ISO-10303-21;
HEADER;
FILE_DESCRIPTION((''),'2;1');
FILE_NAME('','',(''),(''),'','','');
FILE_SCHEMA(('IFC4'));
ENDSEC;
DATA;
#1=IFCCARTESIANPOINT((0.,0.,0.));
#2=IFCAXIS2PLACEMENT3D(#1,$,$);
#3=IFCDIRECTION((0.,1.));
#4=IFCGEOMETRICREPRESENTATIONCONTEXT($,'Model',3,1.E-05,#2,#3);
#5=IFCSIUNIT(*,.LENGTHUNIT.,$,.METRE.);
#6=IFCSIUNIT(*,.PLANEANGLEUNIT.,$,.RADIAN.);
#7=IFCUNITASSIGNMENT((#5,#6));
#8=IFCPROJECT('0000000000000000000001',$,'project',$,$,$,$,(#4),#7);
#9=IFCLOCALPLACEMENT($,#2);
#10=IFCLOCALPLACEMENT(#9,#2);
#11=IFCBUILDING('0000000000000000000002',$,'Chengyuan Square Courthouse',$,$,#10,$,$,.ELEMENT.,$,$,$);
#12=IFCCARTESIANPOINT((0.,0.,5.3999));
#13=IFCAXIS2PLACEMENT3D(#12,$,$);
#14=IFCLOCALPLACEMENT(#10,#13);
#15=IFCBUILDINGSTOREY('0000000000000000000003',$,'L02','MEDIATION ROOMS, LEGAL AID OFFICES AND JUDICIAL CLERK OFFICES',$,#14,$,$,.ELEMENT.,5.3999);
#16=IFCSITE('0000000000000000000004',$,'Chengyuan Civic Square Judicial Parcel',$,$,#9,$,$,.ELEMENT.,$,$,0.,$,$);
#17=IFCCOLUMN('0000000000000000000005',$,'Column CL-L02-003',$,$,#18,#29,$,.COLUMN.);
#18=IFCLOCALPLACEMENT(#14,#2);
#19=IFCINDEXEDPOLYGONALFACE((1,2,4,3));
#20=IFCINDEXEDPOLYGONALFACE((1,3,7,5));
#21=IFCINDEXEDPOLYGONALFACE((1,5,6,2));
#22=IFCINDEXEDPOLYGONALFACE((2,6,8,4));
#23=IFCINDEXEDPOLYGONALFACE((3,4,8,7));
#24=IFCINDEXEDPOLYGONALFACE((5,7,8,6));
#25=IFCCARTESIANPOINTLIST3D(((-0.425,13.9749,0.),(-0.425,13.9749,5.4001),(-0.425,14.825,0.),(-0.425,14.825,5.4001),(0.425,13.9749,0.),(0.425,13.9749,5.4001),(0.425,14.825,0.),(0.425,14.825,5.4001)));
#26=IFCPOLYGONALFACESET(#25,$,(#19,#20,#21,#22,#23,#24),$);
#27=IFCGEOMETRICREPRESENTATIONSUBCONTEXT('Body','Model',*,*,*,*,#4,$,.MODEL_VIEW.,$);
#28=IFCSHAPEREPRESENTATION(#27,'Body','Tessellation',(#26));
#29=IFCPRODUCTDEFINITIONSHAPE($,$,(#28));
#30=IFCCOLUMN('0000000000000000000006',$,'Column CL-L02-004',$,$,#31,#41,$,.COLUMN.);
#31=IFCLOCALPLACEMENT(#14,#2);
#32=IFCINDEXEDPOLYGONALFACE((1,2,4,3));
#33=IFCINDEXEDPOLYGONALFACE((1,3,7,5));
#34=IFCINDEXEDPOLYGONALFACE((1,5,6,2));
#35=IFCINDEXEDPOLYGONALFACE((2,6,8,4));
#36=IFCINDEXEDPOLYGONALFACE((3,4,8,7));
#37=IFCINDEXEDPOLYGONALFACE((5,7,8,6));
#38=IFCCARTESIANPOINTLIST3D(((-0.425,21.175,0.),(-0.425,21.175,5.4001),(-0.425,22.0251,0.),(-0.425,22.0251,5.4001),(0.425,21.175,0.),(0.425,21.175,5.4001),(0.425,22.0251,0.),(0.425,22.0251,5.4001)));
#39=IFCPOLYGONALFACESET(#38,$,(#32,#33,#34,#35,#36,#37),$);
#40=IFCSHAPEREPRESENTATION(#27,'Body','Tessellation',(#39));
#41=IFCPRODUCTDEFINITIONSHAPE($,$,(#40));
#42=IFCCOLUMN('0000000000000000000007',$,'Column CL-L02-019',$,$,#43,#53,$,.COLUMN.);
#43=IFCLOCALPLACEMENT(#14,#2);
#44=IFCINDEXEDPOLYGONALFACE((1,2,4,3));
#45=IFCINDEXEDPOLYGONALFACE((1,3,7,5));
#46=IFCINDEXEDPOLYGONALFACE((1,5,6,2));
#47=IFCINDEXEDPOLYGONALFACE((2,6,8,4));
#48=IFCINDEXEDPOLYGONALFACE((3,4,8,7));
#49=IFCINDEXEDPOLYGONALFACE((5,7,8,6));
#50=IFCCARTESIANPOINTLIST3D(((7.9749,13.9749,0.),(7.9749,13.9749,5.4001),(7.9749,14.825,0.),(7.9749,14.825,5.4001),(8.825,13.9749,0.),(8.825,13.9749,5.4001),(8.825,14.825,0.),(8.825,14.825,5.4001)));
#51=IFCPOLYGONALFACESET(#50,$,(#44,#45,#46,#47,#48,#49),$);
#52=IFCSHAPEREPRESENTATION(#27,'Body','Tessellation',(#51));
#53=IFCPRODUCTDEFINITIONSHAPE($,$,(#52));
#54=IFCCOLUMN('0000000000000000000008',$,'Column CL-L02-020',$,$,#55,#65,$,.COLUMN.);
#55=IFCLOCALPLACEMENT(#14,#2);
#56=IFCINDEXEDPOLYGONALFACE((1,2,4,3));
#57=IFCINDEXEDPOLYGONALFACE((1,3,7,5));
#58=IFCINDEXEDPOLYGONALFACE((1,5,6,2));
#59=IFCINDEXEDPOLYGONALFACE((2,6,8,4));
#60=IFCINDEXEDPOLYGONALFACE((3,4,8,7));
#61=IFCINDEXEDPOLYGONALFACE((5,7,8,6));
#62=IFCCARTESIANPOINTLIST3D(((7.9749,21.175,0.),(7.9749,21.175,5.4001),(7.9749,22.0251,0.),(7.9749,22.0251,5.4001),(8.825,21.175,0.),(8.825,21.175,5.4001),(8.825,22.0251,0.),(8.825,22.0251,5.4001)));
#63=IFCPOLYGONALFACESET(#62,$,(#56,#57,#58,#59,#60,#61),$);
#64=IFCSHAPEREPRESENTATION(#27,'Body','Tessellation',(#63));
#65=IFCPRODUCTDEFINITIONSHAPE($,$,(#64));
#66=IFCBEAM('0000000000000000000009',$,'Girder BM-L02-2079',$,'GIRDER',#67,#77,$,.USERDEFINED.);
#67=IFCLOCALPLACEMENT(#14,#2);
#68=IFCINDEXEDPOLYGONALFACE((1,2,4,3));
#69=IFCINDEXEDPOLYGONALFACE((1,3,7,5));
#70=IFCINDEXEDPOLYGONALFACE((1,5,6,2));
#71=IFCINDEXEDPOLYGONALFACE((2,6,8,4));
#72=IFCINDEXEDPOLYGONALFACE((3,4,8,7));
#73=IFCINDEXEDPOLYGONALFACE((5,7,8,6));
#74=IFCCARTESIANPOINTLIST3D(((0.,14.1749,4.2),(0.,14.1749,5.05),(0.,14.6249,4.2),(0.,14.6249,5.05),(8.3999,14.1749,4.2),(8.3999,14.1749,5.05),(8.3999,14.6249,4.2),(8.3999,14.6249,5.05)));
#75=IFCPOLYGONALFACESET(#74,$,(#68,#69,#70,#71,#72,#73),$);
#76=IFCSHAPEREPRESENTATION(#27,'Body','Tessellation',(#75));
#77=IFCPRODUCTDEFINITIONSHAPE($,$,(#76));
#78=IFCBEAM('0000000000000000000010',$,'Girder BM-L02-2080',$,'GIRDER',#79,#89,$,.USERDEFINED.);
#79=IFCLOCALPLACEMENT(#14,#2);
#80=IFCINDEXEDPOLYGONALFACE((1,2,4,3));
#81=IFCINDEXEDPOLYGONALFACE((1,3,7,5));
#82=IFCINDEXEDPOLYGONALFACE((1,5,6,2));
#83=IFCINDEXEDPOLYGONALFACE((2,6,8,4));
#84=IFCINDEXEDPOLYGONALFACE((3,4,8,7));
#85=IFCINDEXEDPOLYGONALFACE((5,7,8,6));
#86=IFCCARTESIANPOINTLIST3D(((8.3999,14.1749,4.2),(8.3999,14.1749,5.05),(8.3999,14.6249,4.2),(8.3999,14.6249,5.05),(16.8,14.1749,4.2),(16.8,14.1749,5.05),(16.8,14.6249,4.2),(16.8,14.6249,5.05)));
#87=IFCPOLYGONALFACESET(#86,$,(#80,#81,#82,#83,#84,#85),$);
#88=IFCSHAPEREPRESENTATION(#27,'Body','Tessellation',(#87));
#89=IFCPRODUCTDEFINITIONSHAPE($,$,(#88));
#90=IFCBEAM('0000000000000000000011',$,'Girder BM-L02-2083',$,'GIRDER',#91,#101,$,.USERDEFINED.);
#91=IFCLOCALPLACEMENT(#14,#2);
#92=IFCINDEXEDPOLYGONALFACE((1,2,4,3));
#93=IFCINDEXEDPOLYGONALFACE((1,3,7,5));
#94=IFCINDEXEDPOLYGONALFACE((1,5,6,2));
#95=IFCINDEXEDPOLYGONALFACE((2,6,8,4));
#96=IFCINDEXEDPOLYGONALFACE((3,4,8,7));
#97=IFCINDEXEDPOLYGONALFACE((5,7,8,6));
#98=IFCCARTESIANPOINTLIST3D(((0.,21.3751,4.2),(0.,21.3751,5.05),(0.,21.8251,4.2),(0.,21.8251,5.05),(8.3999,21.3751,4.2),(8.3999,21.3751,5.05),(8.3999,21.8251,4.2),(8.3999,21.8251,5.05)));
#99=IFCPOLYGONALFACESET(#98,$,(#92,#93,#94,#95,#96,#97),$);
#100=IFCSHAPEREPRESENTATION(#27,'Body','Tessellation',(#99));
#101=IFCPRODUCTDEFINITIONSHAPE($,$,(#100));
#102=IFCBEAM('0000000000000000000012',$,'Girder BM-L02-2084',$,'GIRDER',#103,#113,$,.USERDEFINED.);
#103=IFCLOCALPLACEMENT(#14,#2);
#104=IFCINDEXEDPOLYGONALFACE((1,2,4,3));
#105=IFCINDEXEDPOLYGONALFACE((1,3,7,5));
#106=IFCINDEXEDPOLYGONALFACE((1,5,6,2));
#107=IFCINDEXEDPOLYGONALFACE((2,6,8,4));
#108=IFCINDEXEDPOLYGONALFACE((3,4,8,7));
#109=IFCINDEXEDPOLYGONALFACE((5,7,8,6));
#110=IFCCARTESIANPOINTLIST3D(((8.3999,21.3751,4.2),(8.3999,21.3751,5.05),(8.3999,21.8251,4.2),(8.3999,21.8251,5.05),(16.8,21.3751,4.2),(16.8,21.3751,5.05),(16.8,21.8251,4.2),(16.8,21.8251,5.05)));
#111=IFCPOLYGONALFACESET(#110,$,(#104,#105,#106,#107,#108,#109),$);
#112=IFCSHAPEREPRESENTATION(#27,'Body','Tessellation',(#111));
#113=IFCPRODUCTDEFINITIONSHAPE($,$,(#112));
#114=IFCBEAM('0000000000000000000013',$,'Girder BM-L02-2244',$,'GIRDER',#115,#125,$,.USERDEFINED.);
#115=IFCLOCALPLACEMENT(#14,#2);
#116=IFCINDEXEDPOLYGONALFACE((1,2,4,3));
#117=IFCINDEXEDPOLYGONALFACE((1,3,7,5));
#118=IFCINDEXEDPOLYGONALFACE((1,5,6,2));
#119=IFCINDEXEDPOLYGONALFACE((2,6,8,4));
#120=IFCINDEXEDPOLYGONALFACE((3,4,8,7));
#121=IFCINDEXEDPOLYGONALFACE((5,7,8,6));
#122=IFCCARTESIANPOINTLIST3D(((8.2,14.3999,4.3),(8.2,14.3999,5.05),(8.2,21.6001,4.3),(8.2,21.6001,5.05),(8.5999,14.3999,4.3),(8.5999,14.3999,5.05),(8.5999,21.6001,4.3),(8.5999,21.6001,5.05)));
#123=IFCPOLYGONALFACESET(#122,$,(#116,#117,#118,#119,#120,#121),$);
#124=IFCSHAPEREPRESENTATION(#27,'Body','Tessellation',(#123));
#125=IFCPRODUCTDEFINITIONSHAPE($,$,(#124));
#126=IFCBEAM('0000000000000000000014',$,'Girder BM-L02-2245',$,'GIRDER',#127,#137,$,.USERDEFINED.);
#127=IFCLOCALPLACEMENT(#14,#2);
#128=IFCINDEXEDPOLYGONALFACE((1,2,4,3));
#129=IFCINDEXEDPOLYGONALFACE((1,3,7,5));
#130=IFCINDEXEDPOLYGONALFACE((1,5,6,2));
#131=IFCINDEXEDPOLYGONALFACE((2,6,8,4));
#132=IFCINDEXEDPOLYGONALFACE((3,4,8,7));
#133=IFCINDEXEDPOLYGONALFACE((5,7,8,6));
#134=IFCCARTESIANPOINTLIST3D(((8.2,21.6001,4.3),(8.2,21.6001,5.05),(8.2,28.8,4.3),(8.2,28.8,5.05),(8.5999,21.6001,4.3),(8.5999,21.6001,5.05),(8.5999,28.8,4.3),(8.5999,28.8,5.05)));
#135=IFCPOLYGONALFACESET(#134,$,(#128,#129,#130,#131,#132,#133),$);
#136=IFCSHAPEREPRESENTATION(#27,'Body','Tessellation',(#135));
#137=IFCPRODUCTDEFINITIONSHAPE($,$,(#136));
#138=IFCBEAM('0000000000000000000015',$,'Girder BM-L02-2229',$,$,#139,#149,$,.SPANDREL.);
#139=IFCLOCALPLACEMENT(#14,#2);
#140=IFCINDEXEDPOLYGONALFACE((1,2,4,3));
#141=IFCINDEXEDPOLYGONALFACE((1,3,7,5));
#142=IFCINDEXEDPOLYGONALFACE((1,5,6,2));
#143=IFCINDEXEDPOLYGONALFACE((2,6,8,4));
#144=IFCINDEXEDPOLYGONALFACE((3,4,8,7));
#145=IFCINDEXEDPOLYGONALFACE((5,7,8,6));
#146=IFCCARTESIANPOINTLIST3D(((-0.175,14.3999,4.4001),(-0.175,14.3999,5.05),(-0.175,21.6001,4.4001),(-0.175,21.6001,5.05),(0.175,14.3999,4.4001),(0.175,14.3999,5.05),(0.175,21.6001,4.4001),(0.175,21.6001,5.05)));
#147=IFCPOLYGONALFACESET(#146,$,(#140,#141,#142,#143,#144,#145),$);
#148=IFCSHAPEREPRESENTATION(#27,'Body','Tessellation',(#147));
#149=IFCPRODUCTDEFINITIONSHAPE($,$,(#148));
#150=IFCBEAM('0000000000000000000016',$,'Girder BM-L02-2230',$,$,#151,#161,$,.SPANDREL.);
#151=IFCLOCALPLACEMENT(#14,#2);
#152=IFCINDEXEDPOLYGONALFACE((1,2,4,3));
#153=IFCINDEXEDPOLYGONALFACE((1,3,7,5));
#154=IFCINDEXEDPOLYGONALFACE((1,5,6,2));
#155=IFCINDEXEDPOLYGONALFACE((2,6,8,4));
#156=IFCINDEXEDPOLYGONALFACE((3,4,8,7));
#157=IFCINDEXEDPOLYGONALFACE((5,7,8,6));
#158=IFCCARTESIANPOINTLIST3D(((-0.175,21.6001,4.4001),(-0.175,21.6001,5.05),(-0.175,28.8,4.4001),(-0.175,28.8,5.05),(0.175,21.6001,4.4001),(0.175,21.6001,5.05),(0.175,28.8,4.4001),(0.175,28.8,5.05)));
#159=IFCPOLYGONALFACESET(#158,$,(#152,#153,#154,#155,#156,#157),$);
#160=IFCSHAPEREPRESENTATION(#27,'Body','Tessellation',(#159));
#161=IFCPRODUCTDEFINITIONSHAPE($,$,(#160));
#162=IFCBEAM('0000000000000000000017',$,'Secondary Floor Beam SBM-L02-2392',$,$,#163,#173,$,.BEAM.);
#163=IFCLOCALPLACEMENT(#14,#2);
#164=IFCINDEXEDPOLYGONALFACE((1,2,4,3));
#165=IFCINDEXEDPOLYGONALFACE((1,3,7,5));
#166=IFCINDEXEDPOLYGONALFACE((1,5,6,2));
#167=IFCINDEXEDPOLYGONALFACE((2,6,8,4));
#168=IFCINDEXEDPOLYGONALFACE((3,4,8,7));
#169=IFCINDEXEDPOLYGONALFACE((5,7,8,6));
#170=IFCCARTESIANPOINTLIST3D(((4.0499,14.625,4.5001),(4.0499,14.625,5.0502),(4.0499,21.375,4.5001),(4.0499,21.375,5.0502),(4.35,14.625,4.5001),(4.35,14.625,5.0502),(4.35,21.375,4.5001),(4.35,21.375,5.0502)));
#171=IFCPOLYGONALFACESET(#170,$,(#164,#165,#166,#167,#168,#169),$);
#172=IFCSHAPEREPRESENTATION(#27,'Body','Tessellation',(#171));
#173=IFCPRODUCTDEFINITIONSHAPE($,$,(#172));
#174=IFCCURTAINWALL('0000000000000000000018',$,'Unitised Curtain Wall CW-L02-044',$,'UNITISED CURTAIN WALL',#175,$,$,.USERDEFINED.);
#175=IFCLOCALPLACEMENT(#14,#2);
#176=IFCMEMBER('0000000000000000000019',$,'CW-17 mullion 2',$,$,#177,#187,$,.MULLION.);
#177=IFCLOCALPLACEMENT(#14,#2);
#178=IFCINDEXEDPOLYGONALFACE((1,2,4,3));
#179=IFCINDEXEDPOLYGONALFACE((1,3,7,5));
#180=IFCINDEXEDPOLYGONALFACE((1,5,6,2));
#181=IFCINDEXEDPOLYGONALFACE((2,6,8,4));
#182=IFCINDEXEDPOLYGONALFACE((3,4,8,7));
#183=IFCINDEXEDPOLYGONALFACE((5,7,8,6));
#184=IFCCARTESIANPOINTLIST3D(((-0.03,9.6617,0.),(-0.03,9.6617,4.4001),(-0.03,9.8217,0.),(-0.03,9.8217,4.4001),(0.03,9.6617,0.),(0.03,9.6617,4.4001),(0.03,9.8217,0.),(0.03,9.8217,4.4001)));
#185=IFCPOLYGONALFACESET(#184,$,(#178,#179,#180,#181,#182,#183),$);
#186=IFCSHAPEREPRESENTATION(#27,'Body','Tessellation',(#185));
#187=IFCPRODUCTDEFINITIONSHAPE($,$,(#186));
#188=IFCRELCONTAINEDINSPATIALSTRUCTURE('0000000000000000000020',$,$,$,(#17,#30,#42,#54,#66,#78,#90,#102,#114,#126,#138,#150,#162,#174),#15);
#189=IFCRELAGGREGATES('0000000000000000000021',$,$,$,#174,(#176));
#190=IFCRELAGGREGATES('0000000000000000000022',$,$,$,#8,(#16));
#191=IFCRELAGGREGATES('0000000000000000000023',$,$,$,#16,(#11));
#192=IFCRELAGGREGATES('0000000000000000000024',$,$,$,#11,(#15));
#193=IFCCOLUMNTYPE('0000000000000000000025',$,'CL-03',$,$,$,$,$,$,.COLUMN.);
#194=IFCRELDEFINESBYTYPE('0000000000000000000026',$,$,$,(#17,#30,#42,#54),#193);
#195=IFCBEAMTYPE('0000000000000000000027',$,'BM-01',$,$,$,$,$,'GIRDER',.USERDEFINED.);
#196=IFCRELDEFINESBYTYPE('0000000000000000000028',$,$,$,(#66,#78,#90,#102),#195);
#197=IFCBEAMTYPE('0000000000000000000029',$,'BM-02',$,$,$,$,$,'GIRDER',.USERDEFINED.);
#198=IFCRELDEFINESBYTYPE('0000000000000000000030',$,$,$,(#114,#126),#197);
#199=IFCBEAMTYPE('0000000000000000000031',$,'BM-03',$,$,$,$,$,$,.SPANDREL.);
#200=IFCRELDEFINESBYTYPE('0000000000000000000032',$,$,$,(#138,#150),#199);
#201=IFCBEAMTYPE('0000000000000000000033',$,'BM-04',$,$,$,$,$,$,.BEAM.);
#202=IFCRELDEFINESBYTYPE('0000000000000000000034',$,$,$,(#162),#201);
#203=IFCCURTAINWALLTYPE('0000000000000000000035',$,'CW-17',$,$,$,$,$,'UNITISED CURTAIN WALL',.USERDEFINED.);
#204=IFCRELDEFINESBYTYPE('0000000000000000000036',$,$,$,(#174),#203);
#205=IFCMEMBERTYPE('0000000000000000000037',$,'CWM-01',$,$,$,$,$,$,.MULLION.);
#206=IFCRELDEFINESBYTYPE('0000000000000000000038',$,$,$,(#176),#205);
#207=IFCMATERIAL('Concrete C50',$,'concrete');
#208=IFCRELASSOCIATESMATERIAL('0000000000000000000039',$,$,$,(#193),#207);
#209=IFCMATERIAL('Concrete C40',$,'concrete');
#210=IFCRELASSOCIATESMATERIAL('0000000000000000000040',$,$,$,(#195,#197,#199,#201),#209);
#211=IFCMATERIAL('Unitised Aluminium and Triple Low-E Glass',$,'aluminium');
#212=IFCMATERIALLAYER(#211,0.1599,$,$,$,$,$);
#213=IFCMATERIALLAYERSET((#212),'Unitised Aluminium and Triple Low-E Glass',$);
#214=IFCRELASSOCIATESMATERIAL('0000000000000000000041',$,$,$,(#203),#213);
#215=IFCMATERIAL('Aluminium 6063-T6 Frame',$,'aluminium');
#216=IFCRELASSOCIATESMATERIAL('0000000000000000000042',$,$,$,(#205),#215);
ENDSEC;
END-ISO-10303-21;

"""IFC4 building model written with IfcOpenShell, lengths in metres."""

from ifc_helpers import new_model, si_unit, direction, frame, origin, origin_2d, place, context, subcontext, project, spatial, rectangle, extrude, material, layer, layer_set, material_profile, profile_set, type_object, element, aggregate, save


model = new_model("IFC4")

# Units and contexts
model_context = context("Model", 3, precision=1e-05, world=origin(), true_north=direction((0.0, 1.0)))
body_context = subcontext(model_context, "Body", "Model", "MODEL_VIEW")
ifc_project = project(units=[si_unit("LENGTHUNIT", "METRE"), si_unit("PLANEANGLEUNIT", "RADIAN")], contexts=[model_context])

# Site, building, storey
site_placement = place(None, origin())
site = spatial("IfcSite", under=ifc_project, at=site_placement, Name="Chengyuan Civic Square Judicial Parcel", CompositionType="ELEMENT", RefElevation=0.0)
building_placement = place(site_placement, origin())
building = spatial("IfcBuilding", under=site, at=building_placement, Name="Chengyuan Square Courthouse", CompositionType="ELEMENT")
storey_placement = place(building_placement, frame((0.0, 0.0, 5.3999)))
storey = spatial("IfcBuildingStorey", under=building, at=storey_placement, Name="L02", Description="MEDIATION ROOMS, LEGAL AID OFFICES AND JUDICIAL CLERK OFFICES", CompositionType="ELEMENT", Elevation=5.3999)

# Columns
ifc_material_1 = material(Name="Concrete C50", Category="concrete")
ifc_material_profile_1 = material_profile(ifc_material_1, rectangle(XDim=0.8501, YDim=0.8501, at=origin_2d()), Name="RC-COL-850x850")
ifc_profile_set_1 = profile_set([ifc_material_profile_1], Name="Concrete C50")
column_type = type_object("IfcColumnType", Name="CL-03", PredefinedType="COLUMN", material=ifc_profile_set_1)
for number, where, z_axis, x_axis, name in (
    (1, (0.0, 14.3999, 0.0), (0.0, 0.0, 1.0), (1.0, 0.0, 0.0), "Column CL-L02-003"),
    (2, (0.0, 21.6001, 0.0), (0.0, 0.0, 1.0), (1.0, 0.0, 0.0), "Column CL-L02-004"),
    (3, (8.3999, 14.3999, 0.0), (0.0, 0.0, 1.0), (1.0, 0.0, 0.0), "Column CL-L02-019"),
    (4, (8.3999, 21.6001, 0.0), (0.0, 0.0, 1.0), (1.0, 0.0, 0.0), "Column CL-L02-020"),
):
    element("IfcColumn", number, at=place(storey_placement, frame(where, z_axis=z_axis, x_axis=x_axis)), inside=storey, type_object=column_type, Name=name, PredefinedType="COLUMN", context=body_context, shape_type="SweptSolid", body=[
        extrude(rectangle(XDim=0.8501, YDim=0.8501, at=origin_2d()), origin(), (0.0, 0.0, 1.0), 5.4001),
    ])

# Beams
ifc_material_2 = material(Name="Concrete C40", Category="concrete")
ifc_material_profile_2 = material_profile(ifc_material_2, rectangle(XDim=0.45, YDim=0.8501, at=origin_2d()), Name="RC-BM-450x850")
ifc_profile_set_2 = profile_set([ifc_material_profile_2], Name="Concrete C40")
beam_type_1 = type_object("IfcBeamType", Name="BM-01", ElementType="GIRDER", PredefinedType="USERDEFINED", material=ifc_profile_set_2)
beam_1_placement = place(storey_placement, frame((0.0, 14.3999, 4.625), z_axis=(1.0, 0.0, 0.0), x_axis=(0.0, 1.0, 0.0)))
element("IfcBeam", 5, at=beam_1_placement, inside=storey, type_object=beam_type_1, Name="Girder BM-L02-2079", ObjectType="GIRDER", PredefinedType="USERDEFINED", context=body_context, shape_type="SweptSolid", body=[
    extrude(rectangle(XDim=0.45, YDim=0.8501, at=origin_2d()), origin(), (0.0, 0.0, 1.0), 8.3999),
])
beam_2_placement = place(storey_placement, frame((8.3999, 14.3999, 4.625), z_axis=(1.0, 0.0, 0.0), x_axis=(0.0, 1.0, 0.0)))
element("IfcBeam", 6, at=beam_2_placement, inside=storey, type_object=beam_type_1, Name="Girder BM-L02-2080", ObjectType="GIRDER", PredefinedType="USERDEFINED", context=body_context, shape_type="SweptSolid", body=[
    extrude(rectangle(XDim=0.45, YDim=0.8501, at=origin_2d()), origin(), (0.0, 0.0, 1.0), 8.4001),
])
beam_3_placement = place(storey_placement, frame((0.0, 21.6001, 4.625), z_axis=(1.0, 0.0, 0.0), x_axis=(0.0, 1.0, 0.0)))
element("IfcBeam", 7, at=beam_3_placement, inside=storey, type_object=beam_type_1, Name="Girder BM-L02-2083", ObjectType="GIRDER", PredefinedType="USERDEFINED", context=body_context, shape_type="SweptSolid", body=[
    extrude(rectangle(XDim=0.45, YDim=0.8501, at=origin_2d()), origin(), (0.0, 0.0, 1.0), 8.3999),
])
beam_4_placement = place(storey_placement, frame((8.3999, 21.6001, 4.625), z_axis=(1.0, 0.0, 0.0), x_axis=(0.0, 1.0, 0.0)))
element("IfcBeam", 8, at=beam_4_placement, inside=storey, type_object=beam_type_1, Name="Girder BM-L02-2084", ObjectType="GIRDER", PredefinedType="USERDEFINED", context=body_context, shape_type="SweptSolid", body=[
    extrude(rectangle(XDim=0.45, YDim=0.8501, at=origin_2d()), origin(), (0.0, 0.0, 1.0), 8.4001),
])
ifc_material_profile_3 = material_profile(ifc_material_2, rectangle(XDim=0.3999, YDim=0.75, at=origin_2d()), Name="RC-BM-400x750")
ifc_profile_set_3 = profile_set([ifc_material_profile_3], Name="Concrete C40")
beam_type_2 = type_object("IfcBeamType", Name="BM-02", ElementType="GIRDER", PredefinedType="USERDEFINED", material=ifc_profile_set_3)
beam_5_placement = place(storey_placement, frame((8.3999, 14.3999, 4.675), z_axis=(0.0, 1.0, 0.0), x_axis=(-1.0, 0.0, 0.0)))
element("IfcBeam", 9, at=beam_5_placement, inside=storey, type_object=beam_type_2, Name="Girder BM-L02-2244", ObjectType="GIRDER", PredefinedType="USERDEFINED", context=body_context, shape_type="SweptSolid", body=[
    extrude(rectangle(XDim=0.3999, YDim=0.75, at=origin_2d()), origin(), (0.0, 0.0, 1.0), 7.2002),
])
beam_6_placement = place(storey_placement, frame((8.3999, 21.6001, 4.675), z_axis=(0.0, 1.0, 0.0), x_axis=(-1.0, 0.0, 0.0)))
element("IfcBeam", 10, at=beam_6_placement, inside=storey, type_object=beam_type_2, Name="Girder BM-L02-2245", ObjectType="GIRDER", PredefinedType="USERDEFINED", context=body_context, shape_type="SweptSolid", body=[
    extrude(rectangle(XDim=0.3999, YDim=0.75, at=origin_2d()), origin(), (0.0, 0.0, 1.0), 7.2),
])
ifc_material_profile_4 = material_profile(ifc_material_2, rectangle(XDim=0.3501, YDim=0.6499, at=origin_2d()), Name="RC-BM-350x650")
ifc_profile_set_4 = profile_set([ifc_material_profile_4], Name="Concrete C40")
beam_type_3 = type_object("IfcBeamType", Name="BM-03", PredefinedType="SPANDREL", material=ifc_profile_set_4)
beam_7_placement = place(storey_placement, frame((0.0, 14.3999, 4.7251), z_axis=(0.0, 1.0, 0.0), x_axis=(-1.0, 0.0, 0.0)))
element("IfcBeam", 11, at=beam_7_placement, inside=storey, type_object=beam_type_3, Name="Girder BM-L02-2229", PredefinedType="SPANDREL", context=body_context, shape_type="SweptSolid", body=[
    extrude(rectangle(XDim=0.3501, YDim=0.6499, at=origin_2d()), origin(), (0.0, 0.0, 1.0), 7.2002),
])
beam_8_placement = place(storey_placement, frame((0.0, 21.6001, 4.7251), z_axis=(0.0, 1.0, 0.0), x_axis=(-1.0, 0.0, 0.0)))
element("IfcBeam", 12, at=beam_8_placement, inside=storey, type_object=beam_type_3, Name="Girder BM-L02-2230", PredefinedType="SPANDREL", context=body_context, shape_type="SweptSolid", body=[
    extrude(rectangle(XDim=0.3501, YDim=0.6499, at=origin_2d()), origin(), (0.0, 0.0, 1.0), 7.2),
])
ifc_material_profile_5 = material_profile(ifc_material_2, rectangle(XDim=0.3, YDim=0.55, at=origin_2d()), Name="RC-BM-300x550")
ifc_profile_set_5 = profile_set([ifc_material_profile_5], Name="Concrete C40")
beam_type_4 = type_object("IfcBeamType", Name="BM-04", PredefinedType="BEAM", material=ifc_profile_set_5)
beam_9_placement = place(storey_placement, frame((4.2, 14.625, 4.7751), z_axis=(0.0, 1.0, 0.0), x_axis=(-1.0, 0.0, 0.0)))
element("IfcBeam", 13, at=beam_9_placement, inside=storey, type_object=beam_type_4, Name="Secondary Floor Beam SBM-L02-2392", PredefinedType="BEAM", context=body_context, shape_type="SweptSolid", body=[
    extrude(rectangle(XDim=0.3, YDim=0.55, at=origin_2d()), origin(), (0.0, 0.0, 1.0), 6.75),
])

# Curtain wall, member
ifc_material_3 = material(Name="Unitised Aluminium and Triple Low-E Glass", Category="aluminium")
ifc_layer_1 = layer(ifc_material_3, 0.1599)
ifc_layer_set_1 = layer_set([ifc_layer_1], Name="Unitised Aluminium and Triple Low-E Glass")
curtain_wall_type = type_object("IfcCurtainWallType", Name="CW-17", ElementType="UNITISED CURTAIN WALL", PredefinedType="USERDEFINED", material=ifc_layer_set_1)
curtain_wall_placement = place(storey_placement, origin())
curtain_wall = element("IfcCurtainWall", 14, at=curtain_wall_placement, inside=storey, type_object=curtain_wall_type, Name="Unitised Curtain Wall CW-L02-044", ObjectType="UNITISED CURTAIN WALL", PredefinedType="USERDEFINED")
ifc_material_4 = material(Name="Aluminium 6063-T6 Frame", Category="aluminium")
ifc_material_profile_6 = material_profile(ifc_material_4, rectangle(XDim=0.0601, YDim=0.1599, at=origin_2d()), Name="CW-MUL-60x160")
ifc_profile_set_6 = profile_set([ifc_material_profile_6], Name="Aluminium 6063-T6 Frame")
member_type_1 = type_object("IfcMemberType", Name="CWM-01", PredefinedType="MULLION", material=ifc_profile_set_6)
member_1_placement = place(storey_placement, frame((0.0, 9.7417, 0.0), z_axis=(0.0, 0.0, 1.0), x_axis=(-1.0, 0.0, 0.0)))
member_1 = element("IfcMember", 15, at=member_1_placement, type_object=member_type_1, Name="CW-17 mullion 2", PredefinedType="MULLION", context=body_context, shape_type="SweptSolid", body=[
    extrude(rectangle(XDim=0.0601, YDim=0.1599, at=origin_2d()), origin(), (0.0, 0.0, 1.0), 4.4001),
])
aggregate(curtain_wall, [member_1])

save(model, "model.ifc")
